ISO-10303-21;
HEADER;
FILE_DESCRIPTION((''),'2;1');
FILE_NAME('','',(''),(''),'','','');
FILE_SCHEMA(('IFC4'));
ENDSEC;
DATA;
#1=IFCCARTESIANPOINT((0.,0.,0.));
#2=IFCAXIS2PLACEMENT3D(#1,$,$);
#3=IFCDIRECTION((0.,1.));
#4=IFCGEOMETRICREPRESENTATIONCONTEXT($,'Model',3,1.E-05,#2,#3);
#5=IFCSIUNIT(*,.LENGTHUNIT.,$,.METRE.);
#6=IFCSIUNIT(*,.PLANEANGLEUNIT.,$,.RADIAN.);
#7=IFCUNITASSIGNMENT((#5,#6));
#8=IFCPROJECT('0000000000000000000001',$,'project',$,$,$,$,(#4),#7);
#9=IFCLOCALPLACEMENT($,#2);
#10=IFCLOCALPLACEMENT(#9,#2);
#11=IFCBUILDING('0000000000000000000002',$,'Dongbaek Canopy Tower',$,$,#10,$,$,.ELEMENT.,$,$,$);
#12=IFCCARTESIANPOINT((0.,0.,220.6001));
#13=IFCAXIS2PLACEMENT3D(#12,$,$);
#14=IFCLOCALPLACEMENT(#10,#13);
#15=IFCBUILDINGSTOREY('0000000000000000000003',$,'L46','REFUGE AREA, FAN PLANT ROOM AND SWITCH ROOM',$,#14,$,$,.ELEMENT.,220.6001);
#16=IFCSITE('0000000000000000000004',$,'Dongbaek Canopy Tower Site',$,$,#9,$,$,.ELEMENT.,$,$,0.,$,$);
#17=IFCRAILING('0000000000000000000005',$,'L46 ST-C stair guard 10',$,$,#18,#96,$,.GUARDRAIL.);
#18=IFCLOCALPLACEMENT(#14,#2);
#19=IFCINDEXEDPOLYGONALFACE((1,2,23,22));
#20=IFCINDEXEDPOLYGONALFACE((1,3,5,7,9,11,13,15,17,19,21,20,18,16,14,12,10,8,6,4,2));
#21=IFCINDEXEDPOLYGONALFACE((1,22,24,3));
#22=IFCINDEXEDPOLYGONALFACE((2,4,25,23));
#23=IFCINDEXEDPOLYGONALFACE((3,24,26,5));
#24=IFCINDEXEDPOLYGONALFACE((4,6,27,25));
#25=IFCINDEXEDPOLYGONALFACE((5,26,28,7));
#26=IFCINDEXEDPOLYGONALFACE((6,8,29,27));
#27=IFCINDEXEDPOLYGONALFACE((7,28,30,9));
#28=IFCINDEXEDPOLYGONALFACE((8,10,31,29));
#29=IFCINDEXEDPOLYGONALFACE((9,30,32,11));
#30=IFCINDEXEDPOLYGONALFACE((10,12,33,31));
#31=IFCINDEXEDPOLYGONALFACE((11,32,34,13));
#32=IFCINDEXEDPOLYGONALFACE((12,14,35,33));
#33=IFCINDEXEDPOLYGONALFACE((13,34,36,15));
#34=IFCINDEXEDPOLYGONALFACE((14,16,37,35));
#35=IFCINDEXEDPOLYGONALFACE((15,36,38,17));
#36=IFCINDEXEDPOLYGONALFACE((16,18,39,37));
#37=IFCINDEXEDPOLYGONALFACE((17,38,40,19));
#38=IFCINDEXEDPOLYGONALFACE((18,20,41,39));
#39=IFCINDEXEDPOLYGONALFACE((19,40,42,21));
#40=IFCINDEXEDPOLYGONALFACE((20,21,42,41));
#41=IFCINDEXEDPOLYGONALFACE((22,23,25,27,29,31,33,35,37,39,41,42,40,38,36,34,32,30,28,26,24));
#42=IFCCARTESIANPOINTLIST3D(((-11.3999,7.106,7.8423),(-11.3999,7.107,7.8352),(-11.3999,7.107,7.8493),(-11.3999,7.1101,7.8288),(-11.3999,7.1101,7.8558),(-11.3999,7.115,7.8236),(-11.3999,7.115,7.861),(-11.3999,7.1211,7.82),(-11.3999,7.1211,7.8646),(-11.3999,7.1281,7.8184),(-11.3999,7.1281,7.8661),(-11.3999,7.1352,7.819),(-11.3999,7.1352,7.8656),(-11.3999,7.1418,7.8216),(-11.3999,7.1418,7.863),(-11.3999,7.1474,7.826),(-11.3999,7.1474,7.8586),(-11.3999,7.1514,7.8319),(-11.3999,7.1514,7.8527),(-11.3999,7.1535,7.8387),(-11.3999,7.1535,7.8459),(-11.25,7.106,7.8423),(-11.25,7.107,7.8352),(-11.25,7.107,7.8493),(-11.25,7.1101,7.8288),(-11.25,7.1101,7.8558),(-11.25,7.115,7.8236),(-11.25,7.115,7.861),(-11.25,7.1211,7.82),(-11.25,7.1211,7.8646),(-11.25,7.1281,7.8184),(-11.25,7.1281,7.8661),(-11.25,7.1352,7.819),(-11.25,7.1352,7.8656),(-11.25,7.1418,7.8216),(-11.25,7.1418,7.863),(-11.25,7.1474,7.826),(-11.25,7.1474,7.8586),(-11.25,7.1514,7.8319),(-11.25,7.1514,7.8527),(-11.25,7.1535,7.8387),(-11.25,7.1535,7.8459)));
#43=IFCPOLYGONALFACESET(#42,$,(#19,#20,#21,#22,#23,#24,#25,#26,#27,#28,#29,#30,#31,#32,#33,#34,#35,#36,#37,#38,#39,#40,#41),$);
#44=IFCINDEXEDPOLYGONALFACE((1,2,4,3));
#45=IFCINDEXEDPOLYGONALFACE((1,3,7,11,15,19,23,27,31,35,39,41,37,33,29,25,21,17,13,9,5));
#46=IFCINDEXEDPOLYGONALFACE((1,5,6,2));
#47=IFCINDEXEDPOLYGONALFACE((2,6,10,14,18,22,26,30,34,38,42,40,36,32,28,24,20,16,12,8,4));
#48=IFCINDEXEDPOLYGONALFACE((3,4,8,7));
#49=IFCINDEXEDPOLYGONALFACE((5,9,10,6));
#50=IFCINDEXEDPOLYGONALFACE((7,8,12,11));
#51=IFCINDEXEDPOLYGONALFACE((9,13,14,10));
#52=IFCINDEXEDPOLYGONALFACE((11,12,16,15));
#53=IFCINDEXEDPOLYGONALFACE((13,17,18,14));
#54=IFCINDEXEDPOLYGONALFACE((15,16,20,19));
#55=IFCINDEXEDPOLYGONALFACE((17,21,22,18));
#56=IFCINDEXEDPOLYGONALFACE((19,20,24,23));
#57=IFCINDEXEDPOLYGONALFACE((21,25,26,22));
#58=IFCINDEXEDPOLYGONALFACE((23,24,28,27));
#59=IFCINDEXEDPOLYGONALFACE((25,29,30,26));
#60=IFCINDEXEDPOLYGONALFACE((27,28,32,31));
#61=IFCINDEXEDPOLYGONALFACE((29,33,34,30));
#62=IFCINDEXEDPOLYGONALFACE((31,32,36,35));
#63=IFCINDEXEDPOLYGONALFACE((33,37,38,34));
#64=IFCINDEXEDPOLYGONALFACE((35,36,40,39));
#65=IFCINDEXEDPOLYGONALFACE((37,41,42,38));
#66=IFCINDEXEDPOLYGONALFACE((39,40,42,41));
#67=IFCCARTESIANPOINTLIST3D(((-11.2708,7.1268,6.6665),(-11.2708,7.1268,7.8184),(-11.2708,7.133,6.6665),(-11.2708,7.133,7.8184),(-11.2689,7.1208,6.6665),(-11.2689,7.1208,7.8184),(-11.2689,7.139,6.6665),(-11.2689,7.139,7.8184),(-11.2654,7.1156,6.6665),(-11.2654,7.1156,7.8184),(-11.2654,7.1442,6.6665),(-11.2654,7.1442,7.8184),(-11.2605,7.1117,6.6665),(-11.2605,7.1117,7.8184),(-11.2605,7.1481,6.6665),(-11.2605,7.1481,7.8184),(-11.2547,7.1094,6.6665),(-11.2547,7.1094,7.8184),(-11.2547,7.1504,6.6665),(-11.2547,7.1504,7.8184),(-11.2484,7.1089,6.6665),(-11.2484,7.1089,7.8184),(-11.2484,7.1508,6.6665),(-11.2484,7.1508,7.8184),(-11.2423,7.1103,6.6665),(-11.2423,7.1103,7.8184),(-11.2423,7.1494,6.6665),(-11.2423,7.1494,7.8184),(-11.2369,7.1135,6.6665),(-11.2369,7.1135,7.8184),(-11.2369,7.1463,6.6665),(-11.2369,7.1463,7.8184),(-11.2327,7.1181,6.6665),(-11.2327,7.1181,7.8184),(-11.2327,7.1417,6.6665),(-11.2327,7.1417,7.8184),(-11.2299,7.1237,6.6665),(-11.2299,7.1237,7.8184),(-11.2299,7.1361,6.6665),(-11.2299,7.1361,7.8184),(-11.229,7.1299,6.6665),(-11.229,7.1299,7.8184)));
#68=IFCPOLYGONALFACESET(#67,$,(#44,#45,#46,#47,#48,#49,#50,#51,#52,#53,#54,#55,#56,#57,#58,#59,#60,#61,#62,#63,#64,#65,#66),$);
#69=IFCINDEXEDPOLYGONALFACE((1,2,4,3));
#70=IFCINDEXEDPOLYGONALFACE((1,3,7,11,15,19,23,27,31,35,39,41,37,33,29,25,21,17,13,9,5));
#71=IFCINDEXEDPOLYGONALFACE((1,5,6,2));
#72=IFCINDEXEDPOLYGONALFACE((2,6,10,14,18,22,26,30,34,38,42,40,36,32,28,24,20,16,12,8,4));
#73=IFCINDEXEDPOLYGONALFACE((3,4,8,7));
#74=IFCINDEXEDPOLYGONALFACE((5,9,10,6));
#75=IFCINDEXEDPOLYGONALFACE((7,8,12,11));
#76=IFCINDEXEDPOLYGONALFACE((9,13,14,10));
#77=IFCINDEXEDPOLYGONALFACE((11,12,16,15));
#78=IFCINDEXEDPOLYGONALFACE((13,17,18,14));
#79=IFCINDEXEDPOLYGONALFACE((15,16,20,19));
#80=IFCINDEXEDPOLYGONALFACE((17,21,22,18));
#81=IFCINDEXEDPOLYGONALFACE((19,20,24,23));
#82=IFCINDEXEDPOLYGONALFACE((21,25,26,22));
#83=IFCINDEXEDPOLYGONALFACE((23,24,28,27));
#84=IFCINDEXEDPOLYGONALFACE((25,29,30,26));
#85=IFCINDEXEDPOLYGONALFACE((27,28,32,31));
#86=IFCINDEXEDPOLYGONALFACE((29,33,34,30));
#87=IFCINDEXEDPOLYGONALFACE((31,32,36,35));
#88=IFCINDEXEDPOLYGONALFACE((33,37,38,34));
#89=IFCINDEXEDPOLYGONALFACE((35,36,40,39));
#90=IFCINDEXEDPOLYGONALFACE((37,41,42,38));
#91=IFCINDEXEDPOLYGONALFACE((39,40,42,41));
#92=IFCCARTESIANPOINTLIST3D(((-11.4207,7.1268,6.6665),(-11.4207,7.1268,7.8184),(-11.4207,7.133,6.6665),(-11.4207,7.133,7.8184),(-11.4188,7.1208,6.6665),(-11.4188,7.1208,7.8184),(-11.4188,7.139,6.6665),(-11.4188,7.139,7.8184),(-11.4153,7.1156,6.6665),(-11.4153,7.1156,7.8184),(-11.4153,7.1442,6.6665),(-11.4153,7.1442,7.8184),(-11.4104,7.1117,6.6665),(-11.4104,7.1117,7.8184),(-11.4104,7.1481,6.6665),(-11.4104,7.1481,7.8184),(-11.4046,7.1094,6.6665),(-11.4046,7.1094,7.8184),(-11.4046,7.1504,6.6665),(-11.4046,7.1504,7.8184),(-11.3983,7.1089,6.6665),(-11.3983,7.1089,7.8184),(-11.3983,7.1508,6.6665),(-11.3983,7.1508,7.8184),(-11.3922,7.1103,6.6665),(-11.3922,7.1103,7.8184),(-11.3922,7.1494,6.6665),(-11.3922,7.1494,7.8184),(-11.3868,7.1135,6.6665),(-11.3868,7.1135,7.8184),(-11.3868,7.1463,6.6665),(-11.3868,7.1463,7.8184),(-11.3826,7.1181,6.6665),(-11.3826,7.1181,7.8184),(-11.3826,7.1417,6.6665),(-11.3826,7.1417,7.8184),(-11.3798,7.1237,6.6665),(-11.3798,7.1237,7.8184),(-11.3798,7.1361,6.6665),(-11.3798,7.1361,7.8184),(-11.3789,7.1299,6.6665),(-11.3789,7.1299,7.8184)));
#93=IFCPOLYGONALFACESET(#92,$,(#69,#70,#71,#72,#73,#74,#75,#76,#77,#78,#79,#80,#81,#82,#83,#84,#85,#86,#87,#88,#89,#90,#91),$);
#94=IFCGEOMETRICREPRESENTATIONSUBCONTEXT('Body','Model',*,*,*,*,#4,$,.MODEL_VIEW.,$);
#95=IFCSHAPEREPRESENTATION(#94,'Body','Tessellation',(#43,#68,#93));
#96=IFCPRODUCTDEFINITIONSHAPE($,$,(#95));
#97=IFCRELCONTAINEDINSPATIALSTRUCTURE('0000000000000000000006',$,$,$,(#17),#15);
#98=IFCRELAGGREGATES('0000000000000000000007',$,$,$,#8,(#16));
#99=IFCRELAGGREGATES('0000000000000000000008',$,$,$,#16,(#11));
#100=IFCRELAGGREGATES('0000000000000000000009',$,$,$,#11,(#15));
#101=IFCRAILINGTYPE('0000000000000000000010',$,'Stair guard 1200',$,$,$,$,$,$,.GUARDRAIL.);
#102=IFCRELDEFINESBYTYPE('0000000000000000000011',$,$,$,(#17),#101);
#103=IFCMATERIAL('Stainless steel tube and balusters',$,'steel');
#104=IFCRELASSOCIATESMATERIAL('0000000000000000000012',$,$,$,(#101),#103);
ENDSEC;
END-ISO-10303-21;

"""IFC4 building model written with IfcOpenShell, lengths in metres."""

from ifc_helpers import new_model, si_unit, direction, frame, origin, origin_2d, place, context, subcontext, project, spatial, circle, extrude, material, type_object, element, save


model = new_model("IFC4")

# Units and contexts
model_context = context("Model", 3, precision=1e-05, world=origin(), true_north=direction((0.0, 1.0)))
body_context = subcontext(model_context, "Body", "Model", "MODEL_VIEW")
ifc_project = project(units=[si_unit("LENGTHUNIT", "METRE"), si_unit("PLANEANGLEUNIT", "RADIAN")], contexts=[model_context])

# Site, building, storey
site_placement = place(None, origin())
site = spatial("IfcSite", under=ifc_project, at=site_placement, Name="Dongbaek Canopy Tower Site", CompositionType="ELEMENT", RefElevation=0.0)
building_placement = place(site_placement, origin())
building = spatial("IfcBuilding", under=site, at=building_placement, Name="Dongbaek Canopy Tower", CompositionType="ELEMENT")
storey_placement = place(building_placement, frame((0.0, 0.0, 220.6001)))
storey = spatial("IfcBuildingStorey", under=building, at=storey_placement, Name="L46", Description="REFUGE AREA, FAN PLANT ROOM AND SWITCH ROOM", CompositionType="ELEMENT", Elevation=220.6001)

# Railing
ifc_material_1 = material(Name="Stainless steel tube and balusters", Category="steel")
railing_type_1 = type_object("IfcRailingType", Name="Stair guard 1200", PredefinedType="GUARDRAIL", material=ifc_material_1)
railing_1_placement = place(storey_placement, frame((-11.25, 7.1299, 6.6665)))
element("IfcRailing", 1, at=railing_1_placement, inside=storey, type_object=railing_type_1, Name="L46 ST-C stair guard 10", PredefinedType="GUARDRAIL", context=body_context, shape_type="SweptSolid", body=[
    extrude(circle(Radius=0.0239, at=origin_2d()), frame((0.0, 0.0, 1.1758), z_axis=(-1.0, 0.0, 0.0), x_axis=(0.0, -1.0, 0.0)), (0.0, 0.0, 1.0), 0.1499),
    extrude(circle(Radius=0.021, at=origin_2d()), origin(), (0.0, 0.0, 1.0), 1.1519),
    extrude(circle(Radius=0.021, at=origin_2d()), frame((-0.1499, 0.0, 0.0)), (0.0, 0.0, 1.0), 1.1519),
])

save(model, "model.ifc")
